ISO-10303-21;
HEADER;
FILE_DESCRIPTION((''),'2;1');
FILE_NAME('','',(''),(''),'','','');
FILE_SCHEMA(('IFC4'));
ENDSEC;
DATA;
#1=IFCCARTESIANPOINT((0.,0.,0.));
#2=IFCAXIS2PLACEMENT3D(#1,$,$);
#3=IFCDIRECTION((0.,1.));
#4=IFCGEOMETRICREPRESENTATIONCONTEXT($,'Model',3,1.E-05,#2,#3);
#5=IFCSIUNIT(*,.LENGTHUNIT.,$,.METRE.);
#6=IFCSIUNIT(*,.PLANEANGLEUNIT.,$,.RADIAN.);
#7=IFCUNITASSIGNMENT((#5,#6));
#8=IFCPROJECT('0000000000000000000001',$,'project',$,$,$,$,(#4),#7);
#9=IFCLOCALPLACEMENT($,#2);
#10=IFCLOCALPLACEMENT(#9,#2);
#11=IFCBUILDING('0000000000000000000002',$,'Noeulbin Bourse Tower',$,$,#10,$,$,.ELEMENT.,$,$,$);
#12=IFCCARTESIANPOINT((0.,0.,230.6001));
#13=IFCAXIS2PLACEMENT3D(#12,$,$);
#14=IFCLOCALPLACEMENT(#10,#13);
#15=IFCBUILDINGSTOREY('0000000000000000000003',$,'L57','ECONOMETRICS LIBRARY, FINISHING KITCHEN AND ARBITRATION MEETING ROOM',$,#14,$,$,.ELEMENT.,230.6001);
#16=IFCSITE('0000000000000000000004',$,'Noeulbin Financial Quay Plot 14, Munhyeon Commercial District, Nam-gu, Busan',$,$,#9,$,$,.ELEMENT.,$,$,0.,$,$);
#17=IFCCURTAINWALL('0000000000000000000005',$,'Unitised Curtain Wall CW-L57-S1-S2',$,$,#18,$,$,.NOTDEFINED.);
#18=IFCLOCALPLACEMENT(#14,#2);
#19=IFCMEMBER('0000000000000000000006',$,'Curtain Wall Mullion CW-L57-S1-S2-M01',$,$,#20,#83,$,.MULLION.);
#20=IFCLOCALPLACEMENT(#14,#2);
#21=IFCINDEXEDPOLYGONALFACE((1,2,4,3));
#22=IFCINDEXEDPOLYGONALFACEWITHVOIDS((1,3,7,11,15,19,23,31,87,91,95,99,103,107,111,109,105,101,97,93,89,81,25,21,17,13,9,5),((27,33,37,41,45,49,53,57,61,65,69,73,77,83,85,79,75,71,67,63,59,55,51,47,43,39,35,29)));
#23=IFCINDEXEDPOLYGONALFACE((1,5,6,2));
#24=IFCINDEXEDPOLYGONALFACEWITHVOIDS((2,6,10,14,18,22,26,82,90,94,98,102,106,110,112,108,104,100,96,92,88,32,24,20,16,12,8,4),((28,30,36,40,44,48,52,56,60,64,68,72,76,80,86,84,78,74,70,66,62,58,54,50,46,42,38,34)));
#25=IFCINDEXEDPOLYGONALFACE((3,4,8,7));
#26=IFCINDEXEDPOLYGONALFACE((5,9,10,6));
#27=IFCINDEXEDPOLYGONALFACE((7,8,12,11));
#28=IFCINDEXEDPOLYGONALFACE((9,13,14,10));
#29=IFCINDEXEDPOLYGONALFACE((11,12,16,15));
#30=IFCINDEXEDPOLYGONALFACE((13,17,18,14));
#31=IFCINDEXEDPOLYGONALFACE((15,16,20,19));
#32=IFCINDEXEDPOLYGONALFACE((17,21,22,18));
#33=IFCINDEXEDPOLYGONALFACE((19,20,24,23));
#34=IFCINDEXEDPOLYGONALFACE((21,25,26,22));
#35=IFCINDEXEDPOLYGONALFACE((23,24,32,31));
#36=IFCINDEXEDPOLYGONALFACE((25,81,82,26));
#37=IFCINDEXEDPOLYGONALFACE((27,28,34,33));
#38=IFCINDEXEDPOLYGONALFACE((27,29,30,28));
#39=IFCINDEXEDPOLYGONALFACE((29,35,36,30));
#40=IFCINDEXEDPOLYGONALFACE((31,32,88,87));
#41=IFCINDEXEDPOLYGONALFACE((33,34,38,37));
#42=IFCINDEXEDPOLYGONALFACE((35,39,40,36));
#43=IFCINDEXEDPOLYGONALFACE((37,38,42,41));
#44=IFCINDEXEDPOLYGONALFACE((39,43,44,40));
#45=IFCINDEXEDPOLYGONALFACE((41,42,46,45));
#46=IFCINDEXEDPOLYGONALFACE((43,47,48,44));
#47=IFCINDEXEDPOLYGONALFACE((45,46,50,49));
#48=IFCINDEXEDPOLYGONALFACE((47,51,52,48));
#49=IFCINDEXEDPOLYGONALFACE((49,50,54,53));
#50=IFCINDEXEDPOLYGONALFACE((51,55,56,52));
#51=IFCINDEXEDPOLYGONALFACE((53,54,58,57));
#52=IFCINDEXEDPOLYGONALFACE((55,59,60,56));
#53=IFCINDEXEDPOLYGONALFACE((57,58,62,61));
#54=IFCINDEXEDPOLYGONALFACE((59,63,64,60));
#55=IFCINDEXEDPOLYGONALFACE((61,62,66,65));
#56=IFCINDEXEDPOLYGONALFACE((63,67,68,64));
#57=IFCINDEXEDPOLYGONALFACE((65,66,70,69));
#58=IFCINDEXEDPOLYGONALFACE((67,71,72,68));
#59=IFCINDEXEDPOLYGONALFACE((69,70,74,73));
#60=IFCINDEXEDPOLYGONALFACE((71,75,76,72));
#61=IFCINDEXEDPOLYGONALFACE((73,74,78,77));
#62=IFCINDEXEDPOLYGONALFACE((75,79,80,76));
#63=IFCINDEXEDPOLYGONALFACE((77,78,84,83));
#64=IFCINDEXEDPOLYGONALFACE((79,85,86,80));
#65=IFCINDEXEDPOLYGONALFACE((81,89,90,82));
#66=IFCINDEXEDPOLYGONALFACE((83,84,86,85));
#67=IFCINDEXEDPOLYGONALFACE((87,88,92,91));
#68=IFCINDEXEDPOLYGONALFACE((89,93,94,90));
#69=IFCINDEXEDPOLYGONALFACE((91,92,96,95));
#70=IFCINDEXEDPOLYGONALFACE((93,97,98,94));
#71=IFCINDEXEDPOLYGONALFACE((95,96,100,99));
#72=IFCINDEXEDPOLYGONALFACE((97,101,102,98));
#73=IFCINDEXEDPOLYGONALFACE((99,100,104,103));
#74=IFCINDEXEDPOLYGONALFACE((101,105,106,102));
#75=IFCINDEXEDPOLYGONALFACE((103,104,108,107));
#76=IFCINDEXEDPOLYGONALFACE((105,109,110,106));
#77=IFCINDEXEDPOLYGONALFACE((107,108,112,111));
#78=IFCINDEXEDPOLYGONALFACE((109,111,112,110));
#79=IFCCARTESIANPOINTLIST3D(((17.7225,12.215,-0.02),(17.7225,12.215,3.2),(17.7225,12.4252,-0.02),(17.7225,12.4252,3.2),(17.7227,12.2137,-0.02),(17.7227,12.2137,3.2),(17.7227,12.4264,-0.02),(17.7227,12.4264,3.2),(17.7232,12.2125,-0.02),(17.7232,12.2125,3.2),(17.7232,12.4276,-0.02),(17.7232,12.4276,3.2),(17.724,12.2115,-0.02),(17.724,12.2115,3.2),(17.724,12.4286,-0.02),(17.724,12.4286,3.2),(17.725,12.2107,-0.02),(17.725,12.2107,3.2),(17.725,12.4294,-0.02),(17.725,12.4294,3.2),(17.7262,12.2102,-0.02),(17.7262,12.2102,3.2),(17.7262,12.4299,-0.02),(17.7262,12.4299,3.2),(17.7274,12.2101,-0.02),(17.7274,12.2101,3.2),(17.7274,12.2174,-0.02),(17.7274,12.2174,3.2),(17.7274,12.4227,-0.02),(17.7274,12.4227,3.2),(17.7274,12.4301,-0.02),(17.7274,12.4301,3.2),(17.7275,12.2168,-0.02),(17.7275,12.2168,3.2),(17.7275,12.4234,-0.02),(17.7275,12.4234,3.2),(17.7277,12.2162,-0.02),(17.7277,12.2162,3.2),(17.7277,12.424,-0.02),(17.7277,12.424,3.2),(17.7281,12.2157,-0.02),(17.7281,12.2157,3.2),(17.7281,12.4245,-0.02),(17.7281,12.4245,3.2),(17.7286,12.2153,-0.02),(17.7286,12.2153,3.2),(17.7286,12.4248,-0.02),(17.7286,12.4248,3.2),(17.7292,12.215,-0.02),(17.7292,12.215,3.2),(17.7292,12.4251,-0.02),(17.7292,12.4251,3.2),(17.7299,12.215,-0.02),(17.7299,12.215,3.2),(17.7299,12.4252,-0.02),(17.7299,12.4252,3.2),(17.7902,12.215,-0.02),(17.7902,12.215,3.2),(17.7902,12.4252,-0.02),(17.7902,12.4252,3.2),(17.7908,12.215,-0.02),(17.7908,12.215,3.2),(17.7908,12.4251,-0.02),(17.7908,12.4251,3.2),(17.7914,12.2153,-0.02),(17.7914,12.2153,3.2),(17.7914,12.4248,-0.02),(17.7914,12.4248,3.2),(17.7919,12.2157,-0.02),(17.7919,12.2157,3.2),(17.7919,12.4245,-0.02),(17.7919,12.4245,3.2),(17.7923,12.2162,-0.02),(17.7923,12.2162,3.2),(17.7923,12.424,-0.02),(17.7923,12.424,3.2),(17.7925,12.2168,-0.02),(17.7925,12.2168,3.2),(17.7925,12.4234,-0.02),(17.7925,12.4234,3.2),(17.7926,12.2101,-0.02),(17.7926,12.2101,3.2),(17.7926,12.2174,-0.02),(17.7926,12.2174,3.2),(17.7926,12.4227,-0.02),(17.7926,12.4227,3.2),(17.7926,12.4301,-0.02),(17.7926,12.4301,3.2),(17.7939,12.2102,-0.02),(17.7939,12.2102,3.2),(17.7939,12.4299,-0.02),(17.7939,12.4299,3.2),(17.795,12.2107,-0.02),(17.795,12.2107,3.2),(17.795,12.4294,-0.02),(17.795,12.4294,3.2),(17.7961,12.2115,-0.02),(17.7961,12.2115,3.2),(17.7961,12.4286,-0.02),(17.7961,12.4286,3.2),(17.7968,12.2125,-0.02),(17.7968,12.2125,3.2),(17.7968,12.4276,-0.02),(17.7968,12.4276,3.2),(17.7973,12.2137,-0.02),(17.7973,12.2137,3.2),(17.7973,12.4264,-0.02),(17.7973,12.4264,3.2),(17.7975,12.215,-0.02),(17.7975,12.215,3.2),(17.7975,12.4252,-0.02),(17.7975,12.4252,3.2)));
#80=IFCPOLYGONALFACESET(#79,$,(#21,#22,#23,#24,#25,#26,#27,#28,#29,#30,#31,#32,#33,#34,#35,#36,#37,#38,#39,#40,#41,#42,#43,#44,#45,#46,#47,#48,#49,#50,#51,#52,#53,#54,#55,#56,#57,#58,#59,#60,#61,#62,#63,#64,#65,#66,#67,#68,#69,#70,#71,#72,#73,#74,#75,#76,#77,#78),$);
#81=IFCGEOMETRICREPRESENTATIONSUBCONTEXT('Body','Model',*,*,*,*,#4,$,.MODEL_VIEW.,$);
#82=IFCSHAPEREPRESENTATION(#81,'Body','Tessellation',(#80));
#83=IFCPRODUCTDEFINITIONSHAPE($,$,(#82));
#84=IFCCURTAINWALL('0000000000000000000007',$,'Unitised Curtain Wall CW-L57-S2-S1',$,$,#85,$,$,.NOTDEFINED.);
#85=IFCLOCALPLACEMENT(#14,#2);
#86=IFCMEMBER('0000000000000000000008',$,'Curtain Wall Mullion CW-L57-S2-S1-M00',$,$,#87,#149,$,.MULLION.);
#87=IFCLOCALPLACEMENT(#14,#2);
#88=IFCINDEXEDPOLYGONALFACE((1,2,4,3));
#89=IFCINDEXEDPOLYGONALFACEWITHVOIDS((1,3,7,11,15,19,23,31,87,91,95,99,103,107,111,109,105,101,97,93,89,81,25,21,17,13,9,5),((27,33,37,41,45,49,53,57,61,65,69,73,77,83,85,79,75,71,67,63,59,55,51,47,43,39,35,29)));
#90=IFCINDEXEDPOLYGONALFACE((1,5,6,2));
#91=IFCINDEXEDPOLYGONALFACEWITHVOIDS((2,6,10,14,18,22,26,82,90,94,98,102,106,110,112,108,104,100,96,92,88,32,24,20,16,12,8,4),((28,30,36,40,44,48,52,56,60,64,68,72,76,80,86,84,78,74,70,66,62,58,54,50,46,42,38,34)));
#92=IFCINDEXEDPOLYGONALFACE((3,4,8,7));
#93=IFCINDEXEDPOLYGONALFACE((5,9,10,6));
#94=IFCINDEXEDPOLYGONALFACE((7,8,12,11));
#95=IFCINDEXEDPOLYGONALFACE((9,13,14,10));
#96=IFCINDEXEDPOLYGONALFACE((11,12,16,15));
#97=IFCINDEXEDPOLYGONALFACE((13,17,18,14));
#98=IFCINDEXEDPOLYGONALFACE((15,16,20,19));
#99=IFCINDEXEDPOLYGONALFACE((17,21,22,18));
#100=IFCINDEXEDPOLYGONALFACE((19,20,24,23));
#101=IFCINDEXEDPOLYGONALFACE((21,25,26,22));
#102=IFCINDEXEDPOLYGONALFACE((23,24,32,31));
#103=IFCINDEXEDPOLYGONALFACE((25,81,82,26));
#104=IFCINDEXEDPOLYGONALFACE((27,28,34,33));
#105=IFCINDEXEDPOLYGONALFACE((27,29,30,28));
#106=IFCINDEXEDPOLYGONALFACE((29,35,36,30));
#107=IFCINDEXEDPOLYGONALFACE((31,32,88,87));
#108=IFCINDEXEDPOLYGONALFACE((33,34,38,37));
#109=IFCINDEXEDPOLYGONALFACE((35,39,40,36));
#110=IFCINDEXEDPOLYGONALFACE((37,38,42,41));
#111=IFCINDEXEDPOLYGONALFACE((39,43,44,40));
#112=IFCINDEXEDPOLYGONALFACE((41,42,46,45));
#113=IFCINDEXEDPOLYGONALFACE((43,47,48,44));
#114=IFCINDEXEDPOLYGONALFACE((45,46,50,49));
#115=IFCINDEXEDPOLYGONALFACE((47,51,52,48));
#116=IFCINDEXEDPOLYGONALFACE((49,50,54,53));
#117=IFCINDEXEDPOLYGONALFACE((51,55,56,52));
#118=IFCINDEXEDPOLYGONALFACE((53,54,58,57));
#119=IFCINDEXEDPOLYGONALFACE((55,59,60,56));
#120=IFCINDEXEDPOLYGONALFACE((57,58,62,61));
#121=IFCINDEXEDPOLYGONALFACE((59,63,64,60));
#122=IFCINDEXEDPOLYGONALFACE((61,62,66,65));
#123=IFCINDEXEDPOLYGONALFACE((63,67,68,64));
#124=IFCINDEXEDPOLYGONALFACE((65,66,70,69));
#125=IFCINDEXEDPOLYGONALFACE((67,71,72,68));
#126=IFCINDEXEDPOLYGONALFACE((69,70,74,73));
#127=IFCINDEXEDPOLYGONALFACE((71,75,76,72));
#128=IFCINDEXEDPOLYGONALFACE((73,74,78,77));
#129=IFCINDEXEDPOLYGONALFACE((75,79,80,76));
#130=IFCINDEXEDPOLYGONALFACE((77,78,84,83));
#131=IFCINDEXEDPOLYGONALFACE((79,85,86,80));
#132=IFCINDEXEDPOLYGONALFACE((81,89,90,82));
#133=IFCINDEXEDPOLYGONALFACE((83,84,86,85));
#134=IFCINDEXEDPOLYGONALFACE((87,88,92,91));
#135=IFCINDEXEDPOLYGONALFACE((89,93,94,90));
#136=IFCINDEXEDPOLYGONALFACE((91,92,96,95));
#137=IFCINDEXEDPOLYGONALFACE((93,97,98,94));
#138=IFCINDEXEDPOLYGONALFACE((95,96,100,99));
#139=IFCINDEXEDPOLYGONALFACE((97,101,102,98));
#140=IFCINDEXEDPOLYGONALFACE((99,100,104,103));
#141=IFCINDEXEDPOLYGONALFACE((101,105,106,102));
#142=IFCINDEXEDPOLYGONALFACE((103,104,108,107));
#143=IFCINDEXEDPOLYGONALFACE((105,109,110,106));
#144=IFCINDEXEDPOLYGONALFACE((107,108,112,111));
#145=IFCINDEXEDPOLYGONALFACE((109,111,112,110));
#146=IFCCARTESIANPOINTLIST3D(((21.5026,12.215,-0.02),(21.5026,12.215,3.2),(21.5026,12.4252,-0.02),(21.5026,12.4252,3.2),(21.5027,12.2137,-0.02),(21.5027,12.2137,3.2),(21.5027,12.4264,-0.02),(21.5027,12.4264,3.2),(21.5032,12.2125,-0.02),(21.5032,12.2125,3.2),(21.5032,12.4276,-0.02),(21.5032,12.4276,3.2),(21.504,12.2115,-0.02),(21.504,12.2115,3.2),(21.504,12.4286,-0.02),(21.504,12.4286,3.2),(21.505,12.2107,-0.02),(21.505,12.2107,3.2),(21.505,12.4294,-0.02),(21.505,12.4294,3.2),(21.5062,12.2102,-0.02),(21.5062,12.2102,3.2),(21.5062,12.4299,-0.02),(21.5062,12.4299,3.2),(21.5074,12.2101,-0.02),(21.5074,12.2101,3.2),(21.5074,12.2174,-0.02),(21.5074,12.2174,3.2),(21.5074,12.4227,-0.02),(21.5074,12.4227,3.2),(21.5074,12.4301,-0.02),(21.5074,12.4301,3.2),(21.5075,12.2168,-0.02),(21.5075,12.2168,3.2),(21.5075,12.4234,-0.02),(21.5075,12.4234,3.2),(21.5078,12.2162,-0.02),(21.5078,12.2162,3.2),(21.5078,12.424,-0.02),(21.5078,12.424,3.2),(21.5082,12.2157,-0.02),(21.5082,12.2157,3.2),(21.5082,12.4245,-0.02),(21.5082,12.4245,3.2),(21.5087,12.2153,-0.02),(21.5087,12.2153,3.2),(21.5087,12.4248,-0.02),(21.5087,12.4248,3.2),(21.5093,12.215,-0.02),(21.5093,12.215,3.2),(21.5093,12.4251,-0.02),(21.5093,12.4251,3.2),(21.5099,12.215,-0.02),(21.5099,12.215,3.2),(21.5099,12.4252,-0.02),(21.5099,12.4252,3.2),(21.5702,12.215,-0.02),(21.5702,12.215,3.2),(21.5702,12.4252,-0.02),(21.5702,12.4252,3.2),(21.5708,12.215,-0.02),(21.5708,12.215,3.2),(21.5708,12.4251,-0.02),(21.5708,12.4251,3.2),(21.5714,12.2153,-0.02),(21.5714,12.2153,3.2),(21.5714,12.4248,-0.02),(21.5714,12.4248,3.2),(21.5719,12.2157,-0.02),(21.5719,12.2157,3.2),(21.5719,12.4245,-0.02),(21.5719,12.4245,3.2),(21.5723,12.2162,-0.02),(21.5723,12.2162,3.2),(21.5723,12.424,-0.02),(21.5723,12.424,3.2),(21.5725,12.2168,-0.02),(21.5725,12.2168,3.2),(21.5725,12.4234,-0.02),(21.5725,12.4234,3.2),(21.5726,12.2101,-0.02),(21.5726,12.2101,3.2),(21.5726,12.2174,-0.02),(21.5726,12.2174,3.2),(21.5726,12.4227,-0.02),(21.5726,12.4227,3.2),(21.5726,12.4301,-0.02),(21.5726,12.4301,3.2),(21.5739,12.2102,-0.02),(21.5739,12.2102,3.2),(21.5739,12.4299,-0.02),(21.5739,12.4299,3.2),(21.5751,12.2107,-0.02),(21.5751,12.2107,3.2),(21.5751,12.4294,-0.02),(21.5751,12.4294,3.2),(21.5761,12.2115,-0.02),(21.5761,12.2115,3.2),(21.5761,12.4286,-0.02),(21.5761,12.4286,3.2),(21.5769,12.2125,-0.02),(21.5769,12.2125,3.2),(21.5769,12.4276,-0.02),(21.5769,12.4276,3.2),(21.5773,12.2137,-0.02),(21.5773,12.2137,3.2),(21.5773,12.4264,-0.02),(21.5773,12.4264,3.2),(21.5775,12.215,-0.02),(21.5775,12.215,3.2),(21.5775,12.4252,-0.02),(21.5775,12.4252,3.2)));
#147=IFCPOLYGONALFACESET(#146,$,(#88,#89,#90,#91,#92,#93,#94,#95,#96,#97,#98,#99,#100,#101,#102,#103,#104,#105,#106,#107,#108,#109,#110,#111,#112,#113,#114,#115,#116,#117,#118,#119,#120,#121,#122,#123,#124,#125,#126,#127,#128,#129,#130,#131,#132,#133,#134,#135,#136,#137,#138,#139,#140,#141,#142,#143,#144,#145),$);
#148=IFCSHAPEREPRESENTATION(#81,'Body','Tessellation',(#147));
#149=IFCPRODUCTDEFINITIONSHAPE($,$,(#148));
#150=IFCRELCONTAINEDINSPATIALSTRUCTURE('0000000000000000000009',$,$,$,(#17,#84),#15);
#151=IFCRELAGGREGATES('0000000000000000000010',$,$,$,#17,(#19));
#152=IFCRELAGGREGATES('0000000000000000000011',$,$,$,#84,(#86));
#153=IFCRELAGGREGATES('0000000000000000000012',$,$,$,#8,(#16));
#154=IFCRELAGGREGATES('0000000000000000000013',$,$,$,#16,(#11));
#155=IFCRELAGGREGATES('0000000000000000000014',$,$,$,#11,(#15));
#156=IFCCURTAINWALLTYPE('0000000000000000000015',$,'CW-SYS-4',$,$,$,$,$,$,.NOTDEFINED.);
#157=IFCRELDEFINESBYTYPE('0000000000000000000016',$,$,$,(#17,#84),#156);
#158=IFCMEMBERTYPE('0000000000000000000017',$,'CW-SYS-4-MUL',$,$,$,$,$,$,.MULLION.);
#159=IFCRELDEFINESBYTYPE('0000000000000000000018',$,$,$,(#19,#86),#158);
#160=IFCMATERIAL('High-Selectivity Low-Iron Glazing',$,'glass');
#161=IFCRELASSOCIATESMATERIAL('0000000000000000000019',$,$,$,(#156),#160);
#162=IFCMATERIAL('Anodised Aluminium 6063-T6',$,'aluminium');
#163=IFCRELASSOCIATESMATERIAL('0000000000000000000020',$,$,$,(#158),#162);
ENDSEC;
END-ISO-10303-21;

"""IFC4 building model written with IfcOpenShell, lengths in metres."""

from ifc_helpers import new_model, si_unit, direction, frame, origin, origin_2d, place, context, subcontext, project, spatial, hollow_rectangle, extrude, material, material_profile, profile_set, type_object, element, aggregate, save


model = new_model("IFC4")

# Units and contexts
model_context = context("Model", 3, precision=1e-05, world=origin(), true_north=direction((0.0, 1.0)))
body_context = subcontext(model_context, "Body", "Model", "MODEL_VIEW")
ifc_project = project(units=[si_unit("LENGTHUNIT", "METRE"), si_unit("PLANEANGLEUNIT", "RADIAN")], contexts=[model_context])

# Site, building, storey
site_placement = place(None, origin())
site = spatial("IfcSite", under=ifc_project, at=site_placement, Name="Noeulbin Financial Quay Plot 14, Munhyeon Commercial District, Nam-gu, Busan", CompositionType="ELEMENT", RefElevation=0.0)
building_placement = place(site_placement, origin())
building = spatial("IfcBuilding", under=site, at=building_placement, Name="Noeulbin Bourse Tower", CompositionType="ELEMENT")
storey_placement = place(building_placement, frame((0.0, 0.0, 230.6001)))
storey = spatial("IfcBuildingStorey", under=building, at=storey_placement, Name="L57", Description="ECONOMETRICS LIBRARY, FINISHING KITCHEN AND ARBITRATION MEETING ROOM", CompositionType="ELEMENT", Elevation=230.6001)

# Curtain wall, member
ifc_material_1 = material(Name="High-Selectivity Low-Iron Glazing", Category="glass")
curtain_wall_type = type_object("IfcCurtainWallType", Name="CW-SYS-4", PredefinedType="NOTDEFINED", material=ifc_material_1)
curtain_wall_1_placement = place(storey_placement, origin())
curtain_wall_1 = element("IfcCurtainWall", 1, at=curtain_wall_1_placement, inside=storey, type_object=curtain_wall_type, Name="Unitised Curtain Wall CW-L57-S1-S2", PredefinedType="NOTDEFINED")
ifc_material_2 = material(Name="Anodised Aluminium 6063-T6", Category="aluminium")
ifc_material_profile_1 = material_profile(ifc_material_2, hollow_rectangle(XDim=0.075, YDim=0.22, WallThickness=0.0049, InnerFilletRadius=0.0024, OuterFilletRadius=0.0049, at=origin_2d()), Name="ALU-MULL-75x220x5", Category="LoadBearing")
ifc_profile_set_1 = profile_set([ifc_material_profile_1], Name="Anodised Aluminium 6063-T6")
member_type_1 = type_object("IfcMemberType", Name="CW-SYS-4-MUL", PredefinedType="MULLION", material=ifc_profile_set_1)
member_1_placement = place(storey_placement, frame((17.76, 12.3201, -0.02), z_axis=(0.0, 0.0, 1.0), x_axis=(1.0, 0.0, 0.0)))
member_1 = element("IfcMember", 2, at=member_1_placement, type_object=member_type_1, Name="Curtain Wall Mullion CW-L57-S1-S2-M01", PredefinedType="MULLION", context=body_context, shape_type="SweptSolid", body=[
    extrude(hollow_rectangle(XDim=0.075, YDim=0.22, WallThickness=0.0049, InnerFilletRadius=0.0024, OuterFilletRadius=0.0049, at=origin_2d()), origin(), (0.0, 0.0, 1.0), 3.22),
])

# Curtain wall, member
curtain_wall_2_placement = place(storey_placement, origin())
curtain_wall_2 = element("IfcCurtainWall", 3, at=curtain_wall_2_placement, inside=storey, type_object=curtain_wall_type, Name="Unitised Curtain Wall CW-L57-S2-S1", PredefinedType="NOTDEFINED")
member_2_placement = place(storey_placement, frame((21.54, 12.3201, -0.02), z_axis=(0.0, 0.0, 1.0), x_axis=(1.0, 0.0, 0.0)))
member_2 = element("IfcMember", 4, at=member_2_placement, type_object=member_type_1, Name="Curtain Wall Mullion CW-L57-S2-S1-M00", PredefinedType="MULLION", context=body_context, shape_type="SweptSolid", body=[
    extrude(hollow_rectangle(XDim=0.075, YDim=0.22, WallThickness=0.0049, InnerFilletRadius=0.0024, OuterFilletRadius=0.0049, at=origin_2d()), origin(), (0.0, 0.0, 1.0), 3.22),
])

aggregate(curtain_wall_1, [member_1])
aggregate(curtain_wall_2, [member_2])

save(model, "model.ifc")
